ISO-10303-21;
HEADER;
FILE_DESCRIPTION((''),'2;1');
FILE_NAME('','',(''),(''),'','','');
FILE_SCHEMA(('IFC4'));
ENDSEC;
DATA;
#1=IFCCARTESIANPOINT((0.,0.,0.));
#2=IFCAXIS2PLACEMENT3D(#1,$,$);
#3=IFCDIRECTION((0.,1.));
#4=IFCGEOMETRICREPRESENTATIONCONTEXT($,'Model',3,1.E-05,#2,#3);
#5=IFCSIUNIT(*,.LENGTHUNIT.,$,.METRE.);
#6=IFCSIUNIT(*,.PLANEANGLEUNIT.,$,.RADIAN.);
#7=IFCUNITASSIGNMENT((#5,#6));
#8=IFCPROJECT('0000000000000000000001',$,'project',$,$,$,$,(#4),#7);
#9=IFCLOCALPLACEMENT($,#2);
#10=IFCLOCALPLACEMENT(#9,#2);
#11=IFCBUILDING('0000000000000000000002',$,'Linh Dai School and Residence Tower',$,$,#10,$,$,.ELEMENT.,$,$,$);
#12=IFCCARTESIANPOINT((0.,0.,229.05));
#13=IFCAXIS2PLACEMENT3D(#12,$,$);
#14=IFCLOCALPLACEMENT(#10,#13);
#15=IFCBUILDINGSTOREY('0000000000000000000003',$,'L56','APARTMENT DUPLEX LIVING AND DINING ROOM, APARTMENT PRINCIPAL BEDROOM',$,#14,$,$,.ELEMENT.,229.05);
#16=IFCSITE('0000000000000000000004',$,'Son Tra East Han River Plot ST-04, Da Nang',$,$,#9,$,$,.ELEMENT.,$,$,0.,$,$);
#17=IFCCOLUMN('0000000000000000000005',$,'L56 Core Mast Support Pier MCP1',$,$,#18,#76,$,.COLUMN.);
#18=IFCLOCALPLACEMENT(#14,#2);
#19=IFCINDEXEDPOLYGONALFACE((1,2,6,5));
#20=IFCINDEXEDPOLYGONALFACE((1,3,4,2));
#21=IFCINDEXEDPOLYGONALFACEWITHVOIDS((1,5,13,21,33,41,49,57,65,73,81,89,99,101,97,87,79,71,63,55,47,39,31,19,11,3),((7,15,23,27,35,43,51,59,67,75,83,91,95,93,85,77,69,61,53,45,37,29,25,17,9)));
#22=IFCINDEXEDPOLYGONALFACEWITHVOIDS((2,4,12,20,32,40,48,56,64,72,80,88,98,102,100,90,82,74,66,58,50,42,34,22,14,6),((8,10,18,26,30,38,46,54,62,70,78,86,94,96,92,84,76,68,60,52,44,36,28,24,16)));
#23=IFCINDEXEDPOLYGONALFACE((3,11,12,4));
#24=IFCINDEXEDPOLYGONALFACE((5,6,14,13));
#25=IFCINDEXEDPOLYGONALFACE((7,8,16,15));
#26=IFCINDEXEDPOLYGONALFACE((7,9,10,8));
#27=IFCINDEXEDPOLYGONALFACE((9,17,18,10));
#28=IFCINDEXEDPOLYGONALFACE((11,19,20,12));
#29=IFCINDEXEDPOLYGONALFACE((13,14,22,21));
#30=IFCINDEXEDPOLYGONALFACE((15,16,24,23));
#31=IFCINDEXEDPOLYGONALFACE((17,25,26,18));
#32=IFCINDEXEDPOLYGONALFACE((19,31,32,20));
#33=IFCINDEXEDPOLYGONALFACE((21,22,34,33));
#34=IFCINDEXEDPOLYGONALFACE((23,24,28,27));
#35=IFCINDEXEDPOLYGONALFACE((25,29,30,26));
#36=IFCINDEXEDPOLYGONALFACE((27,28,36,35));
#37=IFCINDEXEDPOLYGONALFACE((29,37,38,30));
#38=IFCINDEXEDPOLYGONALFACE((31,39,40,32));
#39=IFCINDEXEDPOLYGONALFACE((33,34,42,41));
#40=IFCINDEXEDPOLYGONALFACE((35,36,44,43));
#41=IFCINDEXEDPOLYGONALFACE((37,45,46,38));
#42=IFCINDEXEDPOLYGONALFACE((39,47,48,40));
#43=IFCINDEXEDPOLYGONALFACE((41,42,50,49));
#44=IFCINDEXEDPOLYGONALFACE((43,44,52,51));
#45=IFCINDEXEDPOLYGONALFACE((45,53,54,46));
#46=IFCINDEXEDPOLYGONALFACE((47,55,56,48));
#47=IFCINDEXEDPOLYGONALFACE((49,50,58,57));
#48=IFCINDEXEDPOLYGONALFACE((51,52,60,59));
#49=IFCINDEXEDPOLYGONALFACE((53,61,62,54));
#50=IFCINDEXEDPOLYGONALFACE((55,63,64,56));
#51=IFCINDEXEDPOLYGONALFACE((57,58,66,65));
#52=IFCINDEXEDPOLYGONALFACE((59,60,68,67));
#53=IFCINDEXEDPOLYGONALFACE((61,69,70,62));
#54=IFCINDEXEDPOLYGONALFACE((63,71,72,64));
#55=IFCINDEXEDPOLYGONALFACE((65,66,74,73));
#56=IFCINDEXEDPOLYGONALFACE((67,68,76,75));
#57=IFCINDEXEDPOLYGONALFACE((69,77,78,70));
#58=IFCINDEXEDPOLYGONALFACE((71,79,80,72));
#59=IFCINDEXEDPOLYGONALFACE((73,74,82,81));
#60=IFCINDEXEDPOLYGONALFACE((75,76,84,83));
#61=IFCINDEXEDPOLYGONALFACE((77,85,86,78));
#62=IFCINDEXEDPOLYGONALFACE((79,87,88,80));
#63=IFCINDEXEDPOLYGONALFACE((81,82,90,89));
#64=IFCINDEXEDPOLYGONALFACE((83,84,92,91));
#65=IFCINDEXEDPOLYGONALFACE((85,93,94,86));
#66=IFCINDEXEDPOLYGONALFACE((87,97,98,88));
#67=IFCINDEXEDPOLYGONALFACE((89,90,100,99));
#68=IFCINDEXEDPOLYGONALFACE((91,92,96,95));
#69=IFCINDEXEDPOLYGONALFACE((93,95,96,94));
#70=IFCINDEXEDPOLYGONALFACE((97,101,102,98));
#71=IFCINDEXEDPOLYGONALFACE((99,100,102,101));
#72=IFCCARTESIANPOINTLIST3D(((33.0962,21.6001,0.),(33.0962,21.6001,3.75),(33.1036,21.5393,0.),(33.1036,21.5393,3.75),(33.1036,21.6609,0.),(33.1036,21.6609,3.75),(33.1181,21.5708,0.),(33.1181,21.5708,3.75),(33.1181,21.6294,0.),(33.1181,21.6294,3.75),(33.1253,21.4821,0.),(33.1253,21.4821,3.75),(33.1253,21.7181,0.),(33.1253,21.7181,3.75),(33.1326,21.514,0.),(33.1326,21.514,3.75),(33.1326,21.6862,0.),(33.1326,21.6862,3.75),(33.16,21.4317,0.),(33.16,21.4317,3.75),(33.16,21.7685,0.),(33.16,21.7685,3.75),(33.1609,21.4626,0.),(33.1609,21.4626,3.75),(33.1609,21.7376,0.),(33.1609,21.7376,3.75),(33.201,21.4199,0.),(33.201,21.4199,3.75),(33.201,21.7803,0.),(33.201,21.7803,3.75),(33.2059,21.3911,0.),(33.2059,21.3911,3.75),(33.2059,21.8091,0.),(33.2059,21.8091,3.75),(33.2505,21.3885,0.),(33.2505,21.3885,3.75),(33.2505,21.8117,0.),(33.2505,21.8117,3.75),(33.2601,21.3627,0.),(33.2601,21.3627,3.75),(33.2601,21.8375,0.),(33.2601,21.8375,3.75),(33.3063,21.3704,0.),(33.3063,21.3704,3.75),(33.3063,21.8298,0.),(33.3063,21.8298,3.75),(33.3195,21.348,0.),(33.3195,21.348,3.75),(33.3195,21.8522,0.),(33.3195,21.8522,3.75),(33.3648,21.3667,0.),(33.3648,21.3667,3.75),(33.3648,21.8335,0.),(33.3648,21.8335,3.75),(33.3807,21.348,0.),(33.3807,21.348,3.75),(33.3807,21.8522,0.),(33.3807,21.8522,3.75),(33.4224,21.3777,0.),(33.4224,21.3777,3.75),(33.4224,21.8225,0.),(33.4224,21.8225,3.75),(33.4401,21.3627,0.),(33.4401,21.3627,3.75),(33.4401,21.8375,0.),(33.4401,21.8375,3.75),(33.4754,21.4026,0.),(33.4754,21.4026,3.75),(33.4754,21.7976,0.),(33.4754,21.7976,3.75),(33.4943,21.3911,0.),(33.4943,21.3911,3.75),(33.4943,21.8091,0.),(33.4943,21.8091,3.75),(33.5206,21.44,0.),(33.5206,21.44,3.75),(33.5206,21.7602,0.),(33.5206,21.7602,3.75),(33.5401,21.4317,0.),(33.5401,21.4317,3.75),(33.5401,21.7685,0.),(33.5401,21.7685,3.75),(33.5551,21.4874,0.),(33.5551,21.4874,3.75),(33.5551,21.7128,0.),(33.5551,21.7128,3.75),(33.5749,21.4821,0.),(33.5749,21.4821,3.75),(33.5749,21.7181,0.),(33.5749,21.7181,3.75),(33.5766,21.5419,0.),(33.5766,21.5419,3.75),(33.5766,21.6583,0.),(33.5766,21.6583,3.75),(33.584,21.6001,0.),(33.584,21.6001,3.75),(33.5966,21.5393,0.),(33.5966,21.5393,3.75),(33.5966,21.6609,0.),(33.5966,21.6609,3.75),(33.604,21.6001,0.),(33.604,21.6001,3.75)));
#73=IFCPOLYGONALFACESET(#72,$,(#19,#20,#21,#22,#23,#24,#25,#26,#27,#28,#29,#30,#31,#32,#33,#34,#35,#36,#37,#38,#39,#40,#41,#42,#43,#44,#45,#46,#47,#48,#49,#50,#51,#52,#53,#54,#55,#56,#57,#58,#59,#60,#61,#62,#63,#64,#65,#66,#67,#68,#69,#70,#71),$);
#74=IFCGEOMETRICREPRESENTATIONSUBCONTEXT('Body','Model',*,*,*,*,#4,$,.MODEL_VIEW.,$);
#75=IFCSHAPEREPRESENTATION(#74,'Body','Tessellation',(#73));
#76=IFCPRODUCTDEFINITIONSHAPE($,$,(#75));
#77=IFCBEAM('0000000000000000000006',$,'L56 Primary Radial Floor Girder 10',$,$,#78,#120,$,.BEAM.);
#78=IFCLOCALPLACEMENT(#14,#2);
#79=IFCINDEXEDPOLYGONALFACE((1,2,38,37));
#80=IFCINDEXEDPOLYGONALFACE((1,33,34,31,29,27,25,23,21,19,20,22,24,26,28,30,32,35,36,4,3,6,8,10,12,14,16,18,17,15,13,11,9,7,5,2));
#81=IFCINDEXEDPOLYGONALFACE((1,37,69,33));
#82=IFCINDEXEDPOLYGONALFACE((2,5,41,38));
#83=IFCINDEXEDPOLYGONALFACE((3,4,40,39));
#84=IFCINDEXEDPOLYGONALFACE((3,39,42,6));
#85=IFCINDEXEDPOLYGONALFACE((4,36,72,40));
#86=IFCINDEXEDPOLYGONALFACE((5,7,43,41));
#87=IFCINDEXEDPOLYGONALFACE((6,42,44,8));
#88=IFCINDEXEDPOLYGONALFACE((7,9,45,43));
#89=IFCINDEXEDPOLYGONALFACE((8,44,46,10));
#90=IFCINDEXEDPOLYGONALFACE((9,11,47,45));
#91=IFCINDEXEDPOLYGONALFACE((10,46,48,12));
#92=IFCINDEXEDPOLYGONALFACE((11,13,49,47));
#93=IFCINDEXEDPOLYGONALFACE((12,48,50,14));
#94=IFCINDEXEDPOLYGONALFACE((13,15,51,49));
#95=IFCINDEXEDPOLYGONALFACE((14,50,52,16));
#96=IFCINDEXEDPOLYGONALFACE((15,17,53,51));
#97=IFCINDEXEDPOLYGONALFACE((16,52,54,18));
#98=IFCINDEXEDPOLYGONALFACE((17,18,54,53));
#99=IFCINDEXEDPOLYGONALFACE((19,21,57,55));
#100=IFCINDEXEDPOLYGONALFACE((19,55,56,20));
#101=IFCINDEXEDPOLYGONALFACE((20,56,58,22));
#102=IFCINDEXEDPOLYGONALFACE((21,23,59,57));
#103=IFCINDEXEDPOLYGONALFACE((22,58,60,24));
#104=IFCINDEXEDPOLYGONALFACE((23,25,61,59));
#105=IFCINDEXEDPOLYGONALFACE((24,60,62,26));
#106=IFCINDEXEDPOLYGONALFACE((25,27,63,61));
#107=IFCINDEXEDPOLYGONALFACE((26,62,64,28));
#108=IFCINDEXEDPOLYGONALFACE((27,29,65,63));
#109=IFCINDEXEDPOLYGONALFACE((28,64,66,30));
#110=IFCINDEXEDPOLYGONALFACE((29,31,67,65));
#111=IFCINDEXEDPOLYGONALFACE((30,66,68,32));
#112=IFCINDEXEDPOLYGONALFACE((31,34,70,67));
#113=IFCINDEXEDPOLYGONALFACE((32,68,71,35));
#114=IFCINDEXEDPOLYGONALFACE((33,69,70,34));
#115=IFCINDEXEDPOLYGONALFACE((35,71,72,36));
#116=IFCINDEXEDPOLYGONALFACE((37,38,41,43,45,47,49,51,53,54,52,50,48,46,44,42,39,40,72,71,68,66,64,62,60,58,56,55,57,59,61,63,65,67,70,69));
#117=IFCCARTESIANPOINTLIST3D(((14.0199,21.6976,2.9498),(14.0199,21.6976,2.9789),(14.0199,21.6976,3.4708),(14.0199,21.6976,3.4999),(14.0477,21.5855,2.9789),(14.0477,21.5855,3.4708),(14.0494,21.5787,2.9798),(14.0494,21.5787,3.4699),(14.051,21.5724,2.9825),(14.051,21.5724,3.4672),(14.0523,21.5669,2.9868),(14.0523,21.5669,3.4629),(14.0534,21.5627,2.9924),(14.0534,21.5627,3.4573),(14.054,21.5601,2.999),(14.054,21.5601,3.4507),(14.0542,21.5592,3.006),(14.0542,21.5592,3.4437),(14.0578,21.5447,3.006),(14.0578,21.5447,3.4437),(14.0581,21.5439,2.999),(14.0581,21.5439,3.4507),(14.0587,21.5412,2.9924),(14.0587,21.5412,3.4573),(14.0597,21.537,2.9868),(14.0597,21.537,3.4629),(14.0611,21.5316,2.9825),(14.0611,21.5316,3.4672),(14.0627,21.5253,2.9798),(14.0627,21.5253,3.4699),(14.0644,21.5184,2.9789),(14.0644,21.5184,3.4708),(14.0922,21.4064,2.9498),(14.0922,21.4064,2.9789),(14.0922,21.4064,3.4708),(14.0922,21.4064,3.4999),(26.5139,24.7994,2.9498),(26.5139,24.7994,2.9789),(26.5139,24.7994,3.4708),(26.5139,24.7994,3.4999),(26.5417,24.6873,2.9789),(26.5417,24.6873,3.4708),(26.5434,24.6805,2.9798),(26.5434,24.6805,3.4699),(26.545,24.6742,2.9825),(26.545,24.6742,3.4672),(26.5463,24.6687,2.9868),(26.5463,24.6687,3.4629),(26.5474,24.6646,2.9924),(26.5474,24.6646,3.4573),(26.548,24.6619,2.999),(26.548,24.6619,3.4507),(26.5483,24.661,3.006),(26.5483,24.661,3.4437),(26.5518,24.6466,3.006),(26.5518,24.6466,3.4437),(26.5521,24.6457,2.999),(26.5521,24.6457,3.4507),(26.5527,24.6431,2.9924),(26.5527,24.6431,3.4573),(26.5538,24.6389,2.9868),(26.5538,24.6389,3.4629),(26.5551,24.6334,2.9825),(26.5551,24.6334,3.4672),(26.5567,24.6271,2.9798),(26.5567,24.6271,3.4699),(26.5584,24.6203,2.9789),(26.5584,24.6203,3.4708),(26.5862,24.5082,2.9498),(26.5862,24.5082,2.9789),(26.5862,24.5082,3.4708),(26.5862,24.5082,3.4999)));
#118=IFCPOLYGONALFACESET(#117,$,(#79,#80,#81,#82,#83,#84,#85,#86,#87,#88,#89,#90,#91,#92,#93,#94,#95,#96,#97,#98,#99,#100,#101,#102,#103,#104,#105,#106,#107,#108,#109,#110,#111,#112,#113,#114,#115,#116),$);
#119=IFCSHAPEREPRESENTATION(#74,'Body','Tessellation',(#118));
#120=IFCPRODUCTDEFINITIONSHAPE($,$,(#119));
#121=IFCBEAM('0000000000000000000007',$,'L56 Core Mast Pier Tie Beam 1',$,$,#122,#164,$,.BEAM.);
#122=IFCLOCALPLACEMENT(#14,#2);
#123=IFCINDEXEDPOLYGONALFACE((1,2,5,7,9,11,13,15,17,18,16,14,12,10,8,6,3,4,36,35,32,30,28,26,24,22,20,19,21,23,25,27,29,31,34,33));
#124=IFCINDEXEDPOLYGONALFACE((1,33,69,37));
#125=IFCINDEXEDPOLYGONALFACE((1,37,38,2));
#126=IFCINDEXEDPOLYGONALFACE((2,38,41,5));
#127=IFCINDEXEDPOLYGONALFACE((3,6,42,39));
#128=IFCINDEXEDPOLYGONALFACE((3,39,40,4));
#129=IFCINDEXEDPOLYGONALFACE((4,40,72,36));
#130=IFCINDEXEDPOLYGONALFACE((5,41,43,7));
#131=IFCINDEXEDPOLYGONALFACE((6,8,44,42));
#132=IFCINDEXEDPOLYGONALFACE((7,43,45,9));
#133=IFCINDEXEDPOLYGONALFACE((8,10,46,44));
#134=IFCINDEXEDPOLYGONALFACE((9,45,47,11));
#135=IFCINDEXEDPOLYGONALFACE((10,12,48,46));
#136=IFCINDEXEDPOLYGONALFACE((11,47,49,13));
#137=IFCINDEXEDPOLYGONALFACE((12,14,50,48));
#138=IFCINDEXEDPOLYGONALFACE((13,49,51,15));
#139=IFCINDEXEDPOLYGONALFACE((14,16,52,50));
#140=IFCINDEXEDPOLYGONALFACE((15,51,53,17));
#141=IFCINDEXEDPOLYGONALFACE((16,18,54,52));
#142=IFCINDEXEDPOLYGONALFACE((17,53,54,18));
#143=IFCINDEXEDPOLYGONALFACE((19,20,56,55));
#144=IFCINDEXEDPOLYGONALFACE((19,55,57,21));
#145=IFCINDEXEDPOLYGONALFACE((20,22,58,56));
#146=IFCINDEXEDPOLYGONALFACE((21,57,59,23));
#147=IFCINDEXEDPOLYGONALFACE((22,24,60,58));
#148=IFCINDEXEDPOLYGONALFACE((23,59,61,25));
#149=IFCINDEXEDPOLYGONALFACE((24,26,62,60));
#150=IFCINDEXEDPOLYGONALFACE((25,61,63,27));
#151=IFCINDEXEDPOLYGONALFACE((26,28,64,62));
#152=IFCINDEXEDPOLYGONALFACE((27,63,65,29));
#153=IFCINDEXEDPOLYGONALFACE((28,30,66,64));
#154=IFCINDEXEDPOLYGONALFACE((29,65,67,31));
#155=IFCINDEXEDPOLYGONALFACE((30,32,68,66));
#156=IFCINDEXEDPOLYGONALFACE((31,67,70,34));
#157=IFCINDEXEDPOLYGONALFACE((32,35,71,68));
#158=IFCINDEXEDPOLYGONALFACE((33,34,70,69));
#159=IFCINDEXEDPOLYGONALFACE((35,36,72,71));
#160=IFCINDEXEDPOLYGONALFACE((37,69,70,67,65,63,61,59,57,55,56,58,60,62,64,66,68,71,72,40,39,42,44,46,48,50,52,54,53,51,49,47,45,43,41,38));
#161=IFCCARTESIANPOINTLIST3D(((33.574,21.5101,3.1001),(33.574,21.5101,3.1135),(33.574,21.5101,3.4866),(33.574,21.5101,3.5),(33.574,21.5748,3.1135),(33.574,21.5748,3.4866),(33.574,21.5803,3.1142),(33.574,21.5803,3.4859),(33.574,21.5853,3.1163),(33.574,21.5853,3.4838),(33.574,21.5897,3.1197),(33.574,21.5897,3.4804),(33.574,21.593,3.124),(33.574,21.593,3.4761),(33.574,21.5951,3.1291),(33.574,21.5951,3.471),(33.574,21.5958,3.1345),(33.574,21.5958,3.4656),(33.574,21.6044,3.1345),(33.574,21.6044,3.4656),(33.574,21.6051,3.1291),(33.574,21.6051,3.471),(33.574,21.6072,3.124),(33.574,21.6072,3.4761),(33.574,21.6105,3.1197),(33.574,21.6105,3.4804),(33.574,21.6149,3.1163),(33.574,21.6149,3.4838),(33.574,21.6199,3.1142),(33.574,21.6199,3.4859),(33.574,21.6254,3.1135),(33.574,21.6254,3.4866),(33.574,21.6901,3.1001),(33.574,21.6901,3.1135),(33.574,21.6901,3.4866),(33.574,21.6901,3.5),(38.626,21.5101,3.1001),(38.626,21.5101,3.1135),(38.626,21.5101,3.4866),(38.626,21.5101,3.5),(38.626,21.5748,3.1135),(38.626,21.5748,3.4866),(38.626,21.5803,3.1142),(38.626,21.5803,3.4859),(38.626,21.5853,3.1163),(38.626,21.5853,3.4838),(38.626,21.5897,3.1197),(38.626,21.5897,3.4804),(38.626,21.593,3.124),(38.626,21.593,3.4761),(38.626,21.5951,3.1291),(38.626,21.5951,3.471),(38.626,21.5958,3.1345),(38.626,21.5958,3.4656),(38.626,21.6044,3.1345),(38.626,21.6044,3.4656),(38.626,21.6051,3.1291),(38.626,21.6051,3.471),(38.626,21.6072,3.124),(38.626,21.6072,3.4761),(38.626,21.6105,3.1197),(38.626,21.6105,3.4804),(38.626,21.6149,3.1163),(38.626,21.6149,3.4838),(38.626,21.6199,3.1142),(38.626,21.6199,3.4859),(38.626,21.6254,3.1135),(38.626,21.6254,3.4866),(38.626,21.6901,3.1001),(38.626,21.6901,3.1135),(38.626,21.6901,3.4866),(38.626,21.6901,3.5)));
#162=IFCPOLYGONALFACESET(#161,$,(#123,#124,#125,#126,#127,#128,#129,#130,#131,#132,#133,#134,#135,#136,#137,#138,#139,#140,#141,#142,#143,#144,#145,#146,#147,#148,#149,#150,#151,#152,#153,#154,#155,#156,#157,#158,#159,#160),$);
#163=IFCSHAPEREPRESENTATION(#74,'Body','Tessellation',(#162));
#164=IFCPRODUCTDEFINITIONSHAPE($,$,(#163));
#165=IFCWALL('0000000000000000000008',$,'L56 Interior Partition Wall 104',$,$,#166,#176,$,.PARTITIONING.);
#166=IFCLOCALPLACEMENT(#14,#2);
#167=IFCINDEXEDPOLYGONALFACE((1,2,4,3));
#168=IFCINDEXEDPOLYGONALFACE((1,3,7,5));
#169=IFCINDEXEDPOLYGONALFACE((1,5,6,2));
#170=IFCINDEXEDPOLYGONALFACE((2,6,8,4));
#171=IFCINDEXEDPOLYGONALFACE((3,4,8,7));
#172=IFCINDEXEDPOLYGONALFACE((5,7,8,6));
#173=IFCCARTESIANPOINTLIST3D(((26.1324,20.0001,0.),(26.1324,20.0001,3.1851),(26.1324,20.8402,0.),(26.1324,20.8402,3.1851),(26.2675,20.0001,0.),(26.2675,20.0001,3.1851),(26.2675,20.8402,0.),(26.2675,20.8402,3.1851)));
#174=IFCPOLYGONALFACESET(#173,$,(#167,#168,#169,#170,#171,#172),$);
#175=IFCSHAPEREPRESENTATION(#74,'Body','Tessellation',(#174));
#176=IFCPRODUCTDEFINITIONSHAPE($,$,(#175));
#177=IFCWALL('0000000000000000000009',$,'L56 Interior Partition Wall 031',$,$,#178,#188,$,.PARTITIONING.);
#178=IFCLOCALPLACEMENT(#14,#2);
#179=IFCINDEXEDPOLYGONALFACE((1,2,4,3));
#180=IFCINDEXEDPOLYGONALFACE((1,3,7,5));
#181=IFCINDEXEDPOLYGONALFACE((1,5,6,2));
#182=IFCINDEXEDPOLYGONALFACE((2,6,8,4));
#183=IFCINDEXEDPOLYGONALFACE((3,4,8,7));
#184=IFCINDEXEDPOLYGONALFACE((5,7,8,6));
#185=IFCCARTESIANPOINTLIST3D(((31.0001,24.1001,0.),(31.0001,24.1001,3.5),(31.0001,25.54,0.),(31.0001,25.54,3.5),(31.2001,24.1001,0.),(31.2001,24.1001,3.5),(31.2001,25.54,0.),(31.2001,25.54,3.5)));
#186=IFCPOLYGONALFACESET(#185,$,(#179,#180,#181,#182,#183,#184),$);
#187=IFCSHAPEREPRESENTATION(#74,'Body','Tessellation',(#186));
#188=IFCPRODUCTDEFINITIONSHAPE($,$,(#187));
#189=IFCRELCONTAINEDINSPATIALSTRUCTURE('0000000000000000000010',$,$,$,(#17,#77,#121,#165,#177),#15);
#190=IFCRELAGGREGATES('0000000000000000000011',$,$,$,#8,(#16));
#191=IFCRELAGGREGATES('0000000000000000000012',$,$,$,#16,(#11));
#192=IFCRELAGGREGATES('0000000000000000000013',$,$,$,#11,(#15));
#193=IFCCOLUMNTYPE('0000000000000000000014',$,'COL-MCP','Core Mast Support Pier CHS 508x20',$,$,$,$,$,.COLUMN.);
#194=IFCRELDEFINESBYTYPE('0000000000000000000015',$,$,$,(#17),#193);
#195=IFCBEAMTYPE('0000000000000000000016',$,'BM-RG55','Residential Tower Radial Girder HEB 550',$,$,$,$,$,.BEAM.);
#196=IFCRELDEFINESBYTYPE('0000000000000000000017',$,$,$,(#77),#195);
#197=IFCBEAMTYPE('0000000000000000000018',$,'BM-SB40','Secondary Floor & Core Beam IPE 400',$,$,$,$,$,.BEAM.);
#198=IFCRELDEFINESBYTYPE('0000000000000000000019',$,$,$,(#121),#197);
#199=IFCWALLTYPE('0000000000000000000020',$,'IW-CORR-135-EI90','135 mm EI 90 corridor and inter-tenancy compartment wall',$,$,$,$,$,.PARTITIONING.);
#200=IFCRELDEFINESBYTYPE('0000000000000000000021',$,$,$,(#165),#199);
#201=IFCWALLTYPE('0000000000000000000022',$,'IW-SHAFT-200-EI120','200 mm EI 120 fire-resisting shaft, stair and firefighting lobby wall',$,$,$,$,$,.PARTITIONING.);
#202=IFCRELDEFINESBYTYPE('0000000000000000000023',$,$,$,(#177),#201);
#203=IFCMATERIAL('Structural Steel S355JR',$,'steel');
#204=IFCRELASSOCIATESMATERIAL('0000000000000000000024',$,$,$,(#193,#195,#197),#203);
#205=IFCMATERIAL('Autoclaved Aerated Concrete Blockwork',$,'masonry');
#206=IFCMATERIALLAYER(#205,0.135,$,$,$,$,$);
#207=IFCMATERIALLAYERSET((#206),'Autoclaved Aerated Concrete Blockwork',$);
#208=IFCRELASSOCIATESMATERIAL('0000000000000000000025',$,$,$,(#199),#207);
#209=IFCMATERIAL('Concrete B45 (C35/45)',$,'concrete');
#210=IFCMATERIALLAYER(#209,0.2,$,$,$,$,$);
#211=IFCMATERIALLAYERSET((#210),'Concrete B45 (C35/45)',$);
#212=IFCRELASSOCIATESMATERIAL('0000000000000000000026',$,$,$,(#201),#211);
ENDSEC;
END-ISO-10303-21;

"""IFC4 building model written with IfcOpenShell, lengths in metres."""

from ifc_helpers import new_model, si_unit, direction, frame, frame_2d, origin, origin_2d, place, context, subcontext, project, spatial, rectangle, hollow_circle, i_section, extrude, material, layer, layer_set, material_profile, profile_set, type_object, element, save


model = new_model("IFC4")

# Units and contexts
model_context = context("Model", 3, precision=1e-05, world=origin(), true_north=direction((0.0, 1.0)))
body_context = subcontext(model_context, "Body", "Model", "MODEL_VIEW")
ifc_project = project(units=[si_unit("LENGTHUNIT", "METRE"), si_unit("PLANEANGLEUNIT", "RADIAN")], contexts=[model_context])

# Site, building, storey
site_placement = place(None, origin())
site = spatial("IfcSite", under=ifc_project, at=site_placement, Name="Son Tra East Han River Plot ST-04, Da Nang", CompositionType="ELEMENT", RefElevation=0.0)
building_placement = place(site_placement, origin())
building = spatial("IfcBuilding", under=site, at=building_placement, Name="Linh Dai School and Residence Tower", CompositionType="ELEMENT")
storey_placement = place(building_placement, frame((0.0, 0.0, 229.05)))
storey = spatial("IfcBuildingStorey", under=building, at=storey_placement, Name="L56", Description="APARTMENT DUPLEX LIVING AND DINING ROOM, APARTMENT PRINCIPAL BEDROOM", CompositionType="ELEMENT", Elevation=229.05)

# Column
ifc_material_1 = material(Name="Structural Steel S355JR", Category="steel")
ifc_material_profile_1 = material_profile(ifc_material_1, hollow_circle(Radius=0.2539, WallThickness=0.02, at=origin_2d()), Name="CHS 508x20")
ifc_profile_set_1 = profile_set([ifc_material_profile_1], Name="Structural Steel S355JR")
column_type_1 = type_object("IfcColumnType", Name="COL-MCP", Description="Core Mast Support Pier CHS 508x20", PredefinedType="COLUMN", material=ifc_profile_set_1)
column_placement = place(storey_placement, frame((33.3501, 21.6001, 0.0), z_axis=(0.0, 0.0, 1.0), x_axis=(1.0, 0.0, 0.0)))
element("IfcColumn", 1, at=column_placement, inside=storey, type_object=column_type_1, Name="L56 Core Mast Support Pier MCP1", PredefinedType="COLUMN", context=body_context, shape_type="SweptSolid", body=[
    extrude(hollow_circle(Radius=0.2539, WallThickness=0.02, at=origin_2d()), origin(), (0.0, 0.0, 1.0), 3.75),
])

# Beams
ifc_material_profile_2 = material_profile(ifc_material_1, i_section(OverallWidth=0.3, OverallDepth=0.55, WebThickness=0.0149, FlangeThickness=0.0291, FilletRadius=0.0271, at=origin_2d()), Name="HEB 550")
ifc_profile_set_2 = profile_set([ifc_material_profile_2], Name="Structural Steel S355JR")
beam_type_1 = type_object("IfcBeamType", Name="BM-RG55", Description="Residential Tower Radial Girder HEB 550", PredefinedType="BEAM", material=ifc_profile_set_2)
beam_1_placement = place(storey_placement, frame((26.55, 24.6538, 3.2249), z_axis=(-0.970537, -0.240951, 0.0), x_axis=(0.240951, -0.970537, 0.0)))
element("IfcBeam", 2, at=beam_1_placement, inside=storey, type_object=beam_type_1, Name="L56 Primary Radial Floor Girder 10", PredefinedType="BEAM", context=body_context, shape_type="SweptSolid", body=[
    extrude(i_section(OverallWidth=0.3, OverallDepth=0.55, WebThickness=0.0149, FlangeThickness=0.0291, FilletRadius=0.0271, at=origin_2d()), origin(), (0.0, 0.0, 1.0), 12.8733),
])
ifc_material_profile_3 = material_profile(ifc_material_1, i_section(OverallWidth=0.1799, OverallDepth=0.3999, WebThickness=0.0085, FlangeThickness=0.0134, FilletRadius=0.021, at=origin_2d()), Name="IPE 400")
ifc_profile_set_3 = profile_set([ifc_material_profile_3], Name="Structural Steel S355JR")
beam_type_2 = type_object("IfcBeamType", Name="BM-SB40", Description="Secondary Floor & Core Beam IPE 400", PredefinedType="BEAM", material=ifc_profile_set_3)
beam_2_placement = place(storey_placement, frame((33.574, 21.6001, 3.3), z_axis=(1.0, 0.0, 0.0), x_axis=(0.0, 1.0, 0.0)))
element("IfcBeam", 3, at=beam_2_placement, inside=storey, type_object=beam_type_2, Name="L56 Core Mast Pier Tie Beam 1", PredefinedType="BEAM", context=body_context, shape_type="SweptSolid", body=[
    extrude(i_section(OverallWidth=0.1799, OverallDepth=0.3999, WebThickness=0.0085, FlangeThickness=0.0134, FilletRadius=0.021, at=origin_2d()), origin(), (0.0, 0.0, 1.0), 5.052),
])

# Shared definitions
ifc_material_2 = material(Name="Autoclaved Aerated Concrete Blockwork", Category="masonry")
ifc_layer_1 = layer(ifc_material_2, 0.135)
ifc_layer_set_1 = layer_set([ifc_layer_1], Name="Autoclaved Aerated Concrete Blockwork")
wall_type_1 = type_object("IfcWallType", Name="IW-CORR-135-EI90", Description="135 mm EI 90 corridor and inter-tenancy compartment wall", PredefinedType="PARTITIONING", material=ifc_layer_set_1)

# Wall
wall_1_placement = place(storey_placement, frame((26.2, 20.8401, 0.0), z_axis=(0.0, 0.0, 1.0), x_axis=(0.0, -1.0, 0.0)))
element("IfcWall", 4, at=wall_1_placement, inside=storey, type_object=wall_type_1, Name="L56 Interior Partition Wall 104", PredefinedType="PARTITIONING", context=body_context, shape_type="SweptSolid", body=[
    extrude(rectangle(XDim=0.8401, YDim=0.135, at=frame_2d((0.4199, 0.0))), origin(), (0.0, 0.0, 1.0), 3.1851),
])

# Shared definitions
ifc_material_3 = material(Name="Concrete B45 (C35/45)", Category="concrete")
ifc_layer_2 = layer(ifc_material_3, 0.2)
ifc_layer_set_2 = layer_set([ifc_layer_2], Name="Concrete B45 (C35/45)")
wall_type_2 = type_object("IfcWallType", Name="IW-SHAFT-200-EI120", Description="200 mm EI 120 fire-resisting shaft, stair and firefighting lobby wall", PredefinedType="PARTITIONING", material=ifc_layer_set_2)

# Wall
wall_2_placement = place(storey_placement, frame((31.1001, 24.1001, 0.0), z_axis=(0.0, 0.0, 1.0), x_axis=(0.0, 1.0, 0.0)))
element("IfcWall", 5, at=wall_2_placement, inside=storey, type_object=wall_type_2, Name="L56 Interior Partition Wall 031", PredefinedType="PARTITIONING", context=body_context, shape_type="SweptSolid", body=[
    extrude(rectangle(XDim=1.4399, YDim=0.2, at=frame_2d((0.72, 0.0))), origin(), (0.0, 0.0, 1.0), 3.5),
])

save(model, "model.ifc")
